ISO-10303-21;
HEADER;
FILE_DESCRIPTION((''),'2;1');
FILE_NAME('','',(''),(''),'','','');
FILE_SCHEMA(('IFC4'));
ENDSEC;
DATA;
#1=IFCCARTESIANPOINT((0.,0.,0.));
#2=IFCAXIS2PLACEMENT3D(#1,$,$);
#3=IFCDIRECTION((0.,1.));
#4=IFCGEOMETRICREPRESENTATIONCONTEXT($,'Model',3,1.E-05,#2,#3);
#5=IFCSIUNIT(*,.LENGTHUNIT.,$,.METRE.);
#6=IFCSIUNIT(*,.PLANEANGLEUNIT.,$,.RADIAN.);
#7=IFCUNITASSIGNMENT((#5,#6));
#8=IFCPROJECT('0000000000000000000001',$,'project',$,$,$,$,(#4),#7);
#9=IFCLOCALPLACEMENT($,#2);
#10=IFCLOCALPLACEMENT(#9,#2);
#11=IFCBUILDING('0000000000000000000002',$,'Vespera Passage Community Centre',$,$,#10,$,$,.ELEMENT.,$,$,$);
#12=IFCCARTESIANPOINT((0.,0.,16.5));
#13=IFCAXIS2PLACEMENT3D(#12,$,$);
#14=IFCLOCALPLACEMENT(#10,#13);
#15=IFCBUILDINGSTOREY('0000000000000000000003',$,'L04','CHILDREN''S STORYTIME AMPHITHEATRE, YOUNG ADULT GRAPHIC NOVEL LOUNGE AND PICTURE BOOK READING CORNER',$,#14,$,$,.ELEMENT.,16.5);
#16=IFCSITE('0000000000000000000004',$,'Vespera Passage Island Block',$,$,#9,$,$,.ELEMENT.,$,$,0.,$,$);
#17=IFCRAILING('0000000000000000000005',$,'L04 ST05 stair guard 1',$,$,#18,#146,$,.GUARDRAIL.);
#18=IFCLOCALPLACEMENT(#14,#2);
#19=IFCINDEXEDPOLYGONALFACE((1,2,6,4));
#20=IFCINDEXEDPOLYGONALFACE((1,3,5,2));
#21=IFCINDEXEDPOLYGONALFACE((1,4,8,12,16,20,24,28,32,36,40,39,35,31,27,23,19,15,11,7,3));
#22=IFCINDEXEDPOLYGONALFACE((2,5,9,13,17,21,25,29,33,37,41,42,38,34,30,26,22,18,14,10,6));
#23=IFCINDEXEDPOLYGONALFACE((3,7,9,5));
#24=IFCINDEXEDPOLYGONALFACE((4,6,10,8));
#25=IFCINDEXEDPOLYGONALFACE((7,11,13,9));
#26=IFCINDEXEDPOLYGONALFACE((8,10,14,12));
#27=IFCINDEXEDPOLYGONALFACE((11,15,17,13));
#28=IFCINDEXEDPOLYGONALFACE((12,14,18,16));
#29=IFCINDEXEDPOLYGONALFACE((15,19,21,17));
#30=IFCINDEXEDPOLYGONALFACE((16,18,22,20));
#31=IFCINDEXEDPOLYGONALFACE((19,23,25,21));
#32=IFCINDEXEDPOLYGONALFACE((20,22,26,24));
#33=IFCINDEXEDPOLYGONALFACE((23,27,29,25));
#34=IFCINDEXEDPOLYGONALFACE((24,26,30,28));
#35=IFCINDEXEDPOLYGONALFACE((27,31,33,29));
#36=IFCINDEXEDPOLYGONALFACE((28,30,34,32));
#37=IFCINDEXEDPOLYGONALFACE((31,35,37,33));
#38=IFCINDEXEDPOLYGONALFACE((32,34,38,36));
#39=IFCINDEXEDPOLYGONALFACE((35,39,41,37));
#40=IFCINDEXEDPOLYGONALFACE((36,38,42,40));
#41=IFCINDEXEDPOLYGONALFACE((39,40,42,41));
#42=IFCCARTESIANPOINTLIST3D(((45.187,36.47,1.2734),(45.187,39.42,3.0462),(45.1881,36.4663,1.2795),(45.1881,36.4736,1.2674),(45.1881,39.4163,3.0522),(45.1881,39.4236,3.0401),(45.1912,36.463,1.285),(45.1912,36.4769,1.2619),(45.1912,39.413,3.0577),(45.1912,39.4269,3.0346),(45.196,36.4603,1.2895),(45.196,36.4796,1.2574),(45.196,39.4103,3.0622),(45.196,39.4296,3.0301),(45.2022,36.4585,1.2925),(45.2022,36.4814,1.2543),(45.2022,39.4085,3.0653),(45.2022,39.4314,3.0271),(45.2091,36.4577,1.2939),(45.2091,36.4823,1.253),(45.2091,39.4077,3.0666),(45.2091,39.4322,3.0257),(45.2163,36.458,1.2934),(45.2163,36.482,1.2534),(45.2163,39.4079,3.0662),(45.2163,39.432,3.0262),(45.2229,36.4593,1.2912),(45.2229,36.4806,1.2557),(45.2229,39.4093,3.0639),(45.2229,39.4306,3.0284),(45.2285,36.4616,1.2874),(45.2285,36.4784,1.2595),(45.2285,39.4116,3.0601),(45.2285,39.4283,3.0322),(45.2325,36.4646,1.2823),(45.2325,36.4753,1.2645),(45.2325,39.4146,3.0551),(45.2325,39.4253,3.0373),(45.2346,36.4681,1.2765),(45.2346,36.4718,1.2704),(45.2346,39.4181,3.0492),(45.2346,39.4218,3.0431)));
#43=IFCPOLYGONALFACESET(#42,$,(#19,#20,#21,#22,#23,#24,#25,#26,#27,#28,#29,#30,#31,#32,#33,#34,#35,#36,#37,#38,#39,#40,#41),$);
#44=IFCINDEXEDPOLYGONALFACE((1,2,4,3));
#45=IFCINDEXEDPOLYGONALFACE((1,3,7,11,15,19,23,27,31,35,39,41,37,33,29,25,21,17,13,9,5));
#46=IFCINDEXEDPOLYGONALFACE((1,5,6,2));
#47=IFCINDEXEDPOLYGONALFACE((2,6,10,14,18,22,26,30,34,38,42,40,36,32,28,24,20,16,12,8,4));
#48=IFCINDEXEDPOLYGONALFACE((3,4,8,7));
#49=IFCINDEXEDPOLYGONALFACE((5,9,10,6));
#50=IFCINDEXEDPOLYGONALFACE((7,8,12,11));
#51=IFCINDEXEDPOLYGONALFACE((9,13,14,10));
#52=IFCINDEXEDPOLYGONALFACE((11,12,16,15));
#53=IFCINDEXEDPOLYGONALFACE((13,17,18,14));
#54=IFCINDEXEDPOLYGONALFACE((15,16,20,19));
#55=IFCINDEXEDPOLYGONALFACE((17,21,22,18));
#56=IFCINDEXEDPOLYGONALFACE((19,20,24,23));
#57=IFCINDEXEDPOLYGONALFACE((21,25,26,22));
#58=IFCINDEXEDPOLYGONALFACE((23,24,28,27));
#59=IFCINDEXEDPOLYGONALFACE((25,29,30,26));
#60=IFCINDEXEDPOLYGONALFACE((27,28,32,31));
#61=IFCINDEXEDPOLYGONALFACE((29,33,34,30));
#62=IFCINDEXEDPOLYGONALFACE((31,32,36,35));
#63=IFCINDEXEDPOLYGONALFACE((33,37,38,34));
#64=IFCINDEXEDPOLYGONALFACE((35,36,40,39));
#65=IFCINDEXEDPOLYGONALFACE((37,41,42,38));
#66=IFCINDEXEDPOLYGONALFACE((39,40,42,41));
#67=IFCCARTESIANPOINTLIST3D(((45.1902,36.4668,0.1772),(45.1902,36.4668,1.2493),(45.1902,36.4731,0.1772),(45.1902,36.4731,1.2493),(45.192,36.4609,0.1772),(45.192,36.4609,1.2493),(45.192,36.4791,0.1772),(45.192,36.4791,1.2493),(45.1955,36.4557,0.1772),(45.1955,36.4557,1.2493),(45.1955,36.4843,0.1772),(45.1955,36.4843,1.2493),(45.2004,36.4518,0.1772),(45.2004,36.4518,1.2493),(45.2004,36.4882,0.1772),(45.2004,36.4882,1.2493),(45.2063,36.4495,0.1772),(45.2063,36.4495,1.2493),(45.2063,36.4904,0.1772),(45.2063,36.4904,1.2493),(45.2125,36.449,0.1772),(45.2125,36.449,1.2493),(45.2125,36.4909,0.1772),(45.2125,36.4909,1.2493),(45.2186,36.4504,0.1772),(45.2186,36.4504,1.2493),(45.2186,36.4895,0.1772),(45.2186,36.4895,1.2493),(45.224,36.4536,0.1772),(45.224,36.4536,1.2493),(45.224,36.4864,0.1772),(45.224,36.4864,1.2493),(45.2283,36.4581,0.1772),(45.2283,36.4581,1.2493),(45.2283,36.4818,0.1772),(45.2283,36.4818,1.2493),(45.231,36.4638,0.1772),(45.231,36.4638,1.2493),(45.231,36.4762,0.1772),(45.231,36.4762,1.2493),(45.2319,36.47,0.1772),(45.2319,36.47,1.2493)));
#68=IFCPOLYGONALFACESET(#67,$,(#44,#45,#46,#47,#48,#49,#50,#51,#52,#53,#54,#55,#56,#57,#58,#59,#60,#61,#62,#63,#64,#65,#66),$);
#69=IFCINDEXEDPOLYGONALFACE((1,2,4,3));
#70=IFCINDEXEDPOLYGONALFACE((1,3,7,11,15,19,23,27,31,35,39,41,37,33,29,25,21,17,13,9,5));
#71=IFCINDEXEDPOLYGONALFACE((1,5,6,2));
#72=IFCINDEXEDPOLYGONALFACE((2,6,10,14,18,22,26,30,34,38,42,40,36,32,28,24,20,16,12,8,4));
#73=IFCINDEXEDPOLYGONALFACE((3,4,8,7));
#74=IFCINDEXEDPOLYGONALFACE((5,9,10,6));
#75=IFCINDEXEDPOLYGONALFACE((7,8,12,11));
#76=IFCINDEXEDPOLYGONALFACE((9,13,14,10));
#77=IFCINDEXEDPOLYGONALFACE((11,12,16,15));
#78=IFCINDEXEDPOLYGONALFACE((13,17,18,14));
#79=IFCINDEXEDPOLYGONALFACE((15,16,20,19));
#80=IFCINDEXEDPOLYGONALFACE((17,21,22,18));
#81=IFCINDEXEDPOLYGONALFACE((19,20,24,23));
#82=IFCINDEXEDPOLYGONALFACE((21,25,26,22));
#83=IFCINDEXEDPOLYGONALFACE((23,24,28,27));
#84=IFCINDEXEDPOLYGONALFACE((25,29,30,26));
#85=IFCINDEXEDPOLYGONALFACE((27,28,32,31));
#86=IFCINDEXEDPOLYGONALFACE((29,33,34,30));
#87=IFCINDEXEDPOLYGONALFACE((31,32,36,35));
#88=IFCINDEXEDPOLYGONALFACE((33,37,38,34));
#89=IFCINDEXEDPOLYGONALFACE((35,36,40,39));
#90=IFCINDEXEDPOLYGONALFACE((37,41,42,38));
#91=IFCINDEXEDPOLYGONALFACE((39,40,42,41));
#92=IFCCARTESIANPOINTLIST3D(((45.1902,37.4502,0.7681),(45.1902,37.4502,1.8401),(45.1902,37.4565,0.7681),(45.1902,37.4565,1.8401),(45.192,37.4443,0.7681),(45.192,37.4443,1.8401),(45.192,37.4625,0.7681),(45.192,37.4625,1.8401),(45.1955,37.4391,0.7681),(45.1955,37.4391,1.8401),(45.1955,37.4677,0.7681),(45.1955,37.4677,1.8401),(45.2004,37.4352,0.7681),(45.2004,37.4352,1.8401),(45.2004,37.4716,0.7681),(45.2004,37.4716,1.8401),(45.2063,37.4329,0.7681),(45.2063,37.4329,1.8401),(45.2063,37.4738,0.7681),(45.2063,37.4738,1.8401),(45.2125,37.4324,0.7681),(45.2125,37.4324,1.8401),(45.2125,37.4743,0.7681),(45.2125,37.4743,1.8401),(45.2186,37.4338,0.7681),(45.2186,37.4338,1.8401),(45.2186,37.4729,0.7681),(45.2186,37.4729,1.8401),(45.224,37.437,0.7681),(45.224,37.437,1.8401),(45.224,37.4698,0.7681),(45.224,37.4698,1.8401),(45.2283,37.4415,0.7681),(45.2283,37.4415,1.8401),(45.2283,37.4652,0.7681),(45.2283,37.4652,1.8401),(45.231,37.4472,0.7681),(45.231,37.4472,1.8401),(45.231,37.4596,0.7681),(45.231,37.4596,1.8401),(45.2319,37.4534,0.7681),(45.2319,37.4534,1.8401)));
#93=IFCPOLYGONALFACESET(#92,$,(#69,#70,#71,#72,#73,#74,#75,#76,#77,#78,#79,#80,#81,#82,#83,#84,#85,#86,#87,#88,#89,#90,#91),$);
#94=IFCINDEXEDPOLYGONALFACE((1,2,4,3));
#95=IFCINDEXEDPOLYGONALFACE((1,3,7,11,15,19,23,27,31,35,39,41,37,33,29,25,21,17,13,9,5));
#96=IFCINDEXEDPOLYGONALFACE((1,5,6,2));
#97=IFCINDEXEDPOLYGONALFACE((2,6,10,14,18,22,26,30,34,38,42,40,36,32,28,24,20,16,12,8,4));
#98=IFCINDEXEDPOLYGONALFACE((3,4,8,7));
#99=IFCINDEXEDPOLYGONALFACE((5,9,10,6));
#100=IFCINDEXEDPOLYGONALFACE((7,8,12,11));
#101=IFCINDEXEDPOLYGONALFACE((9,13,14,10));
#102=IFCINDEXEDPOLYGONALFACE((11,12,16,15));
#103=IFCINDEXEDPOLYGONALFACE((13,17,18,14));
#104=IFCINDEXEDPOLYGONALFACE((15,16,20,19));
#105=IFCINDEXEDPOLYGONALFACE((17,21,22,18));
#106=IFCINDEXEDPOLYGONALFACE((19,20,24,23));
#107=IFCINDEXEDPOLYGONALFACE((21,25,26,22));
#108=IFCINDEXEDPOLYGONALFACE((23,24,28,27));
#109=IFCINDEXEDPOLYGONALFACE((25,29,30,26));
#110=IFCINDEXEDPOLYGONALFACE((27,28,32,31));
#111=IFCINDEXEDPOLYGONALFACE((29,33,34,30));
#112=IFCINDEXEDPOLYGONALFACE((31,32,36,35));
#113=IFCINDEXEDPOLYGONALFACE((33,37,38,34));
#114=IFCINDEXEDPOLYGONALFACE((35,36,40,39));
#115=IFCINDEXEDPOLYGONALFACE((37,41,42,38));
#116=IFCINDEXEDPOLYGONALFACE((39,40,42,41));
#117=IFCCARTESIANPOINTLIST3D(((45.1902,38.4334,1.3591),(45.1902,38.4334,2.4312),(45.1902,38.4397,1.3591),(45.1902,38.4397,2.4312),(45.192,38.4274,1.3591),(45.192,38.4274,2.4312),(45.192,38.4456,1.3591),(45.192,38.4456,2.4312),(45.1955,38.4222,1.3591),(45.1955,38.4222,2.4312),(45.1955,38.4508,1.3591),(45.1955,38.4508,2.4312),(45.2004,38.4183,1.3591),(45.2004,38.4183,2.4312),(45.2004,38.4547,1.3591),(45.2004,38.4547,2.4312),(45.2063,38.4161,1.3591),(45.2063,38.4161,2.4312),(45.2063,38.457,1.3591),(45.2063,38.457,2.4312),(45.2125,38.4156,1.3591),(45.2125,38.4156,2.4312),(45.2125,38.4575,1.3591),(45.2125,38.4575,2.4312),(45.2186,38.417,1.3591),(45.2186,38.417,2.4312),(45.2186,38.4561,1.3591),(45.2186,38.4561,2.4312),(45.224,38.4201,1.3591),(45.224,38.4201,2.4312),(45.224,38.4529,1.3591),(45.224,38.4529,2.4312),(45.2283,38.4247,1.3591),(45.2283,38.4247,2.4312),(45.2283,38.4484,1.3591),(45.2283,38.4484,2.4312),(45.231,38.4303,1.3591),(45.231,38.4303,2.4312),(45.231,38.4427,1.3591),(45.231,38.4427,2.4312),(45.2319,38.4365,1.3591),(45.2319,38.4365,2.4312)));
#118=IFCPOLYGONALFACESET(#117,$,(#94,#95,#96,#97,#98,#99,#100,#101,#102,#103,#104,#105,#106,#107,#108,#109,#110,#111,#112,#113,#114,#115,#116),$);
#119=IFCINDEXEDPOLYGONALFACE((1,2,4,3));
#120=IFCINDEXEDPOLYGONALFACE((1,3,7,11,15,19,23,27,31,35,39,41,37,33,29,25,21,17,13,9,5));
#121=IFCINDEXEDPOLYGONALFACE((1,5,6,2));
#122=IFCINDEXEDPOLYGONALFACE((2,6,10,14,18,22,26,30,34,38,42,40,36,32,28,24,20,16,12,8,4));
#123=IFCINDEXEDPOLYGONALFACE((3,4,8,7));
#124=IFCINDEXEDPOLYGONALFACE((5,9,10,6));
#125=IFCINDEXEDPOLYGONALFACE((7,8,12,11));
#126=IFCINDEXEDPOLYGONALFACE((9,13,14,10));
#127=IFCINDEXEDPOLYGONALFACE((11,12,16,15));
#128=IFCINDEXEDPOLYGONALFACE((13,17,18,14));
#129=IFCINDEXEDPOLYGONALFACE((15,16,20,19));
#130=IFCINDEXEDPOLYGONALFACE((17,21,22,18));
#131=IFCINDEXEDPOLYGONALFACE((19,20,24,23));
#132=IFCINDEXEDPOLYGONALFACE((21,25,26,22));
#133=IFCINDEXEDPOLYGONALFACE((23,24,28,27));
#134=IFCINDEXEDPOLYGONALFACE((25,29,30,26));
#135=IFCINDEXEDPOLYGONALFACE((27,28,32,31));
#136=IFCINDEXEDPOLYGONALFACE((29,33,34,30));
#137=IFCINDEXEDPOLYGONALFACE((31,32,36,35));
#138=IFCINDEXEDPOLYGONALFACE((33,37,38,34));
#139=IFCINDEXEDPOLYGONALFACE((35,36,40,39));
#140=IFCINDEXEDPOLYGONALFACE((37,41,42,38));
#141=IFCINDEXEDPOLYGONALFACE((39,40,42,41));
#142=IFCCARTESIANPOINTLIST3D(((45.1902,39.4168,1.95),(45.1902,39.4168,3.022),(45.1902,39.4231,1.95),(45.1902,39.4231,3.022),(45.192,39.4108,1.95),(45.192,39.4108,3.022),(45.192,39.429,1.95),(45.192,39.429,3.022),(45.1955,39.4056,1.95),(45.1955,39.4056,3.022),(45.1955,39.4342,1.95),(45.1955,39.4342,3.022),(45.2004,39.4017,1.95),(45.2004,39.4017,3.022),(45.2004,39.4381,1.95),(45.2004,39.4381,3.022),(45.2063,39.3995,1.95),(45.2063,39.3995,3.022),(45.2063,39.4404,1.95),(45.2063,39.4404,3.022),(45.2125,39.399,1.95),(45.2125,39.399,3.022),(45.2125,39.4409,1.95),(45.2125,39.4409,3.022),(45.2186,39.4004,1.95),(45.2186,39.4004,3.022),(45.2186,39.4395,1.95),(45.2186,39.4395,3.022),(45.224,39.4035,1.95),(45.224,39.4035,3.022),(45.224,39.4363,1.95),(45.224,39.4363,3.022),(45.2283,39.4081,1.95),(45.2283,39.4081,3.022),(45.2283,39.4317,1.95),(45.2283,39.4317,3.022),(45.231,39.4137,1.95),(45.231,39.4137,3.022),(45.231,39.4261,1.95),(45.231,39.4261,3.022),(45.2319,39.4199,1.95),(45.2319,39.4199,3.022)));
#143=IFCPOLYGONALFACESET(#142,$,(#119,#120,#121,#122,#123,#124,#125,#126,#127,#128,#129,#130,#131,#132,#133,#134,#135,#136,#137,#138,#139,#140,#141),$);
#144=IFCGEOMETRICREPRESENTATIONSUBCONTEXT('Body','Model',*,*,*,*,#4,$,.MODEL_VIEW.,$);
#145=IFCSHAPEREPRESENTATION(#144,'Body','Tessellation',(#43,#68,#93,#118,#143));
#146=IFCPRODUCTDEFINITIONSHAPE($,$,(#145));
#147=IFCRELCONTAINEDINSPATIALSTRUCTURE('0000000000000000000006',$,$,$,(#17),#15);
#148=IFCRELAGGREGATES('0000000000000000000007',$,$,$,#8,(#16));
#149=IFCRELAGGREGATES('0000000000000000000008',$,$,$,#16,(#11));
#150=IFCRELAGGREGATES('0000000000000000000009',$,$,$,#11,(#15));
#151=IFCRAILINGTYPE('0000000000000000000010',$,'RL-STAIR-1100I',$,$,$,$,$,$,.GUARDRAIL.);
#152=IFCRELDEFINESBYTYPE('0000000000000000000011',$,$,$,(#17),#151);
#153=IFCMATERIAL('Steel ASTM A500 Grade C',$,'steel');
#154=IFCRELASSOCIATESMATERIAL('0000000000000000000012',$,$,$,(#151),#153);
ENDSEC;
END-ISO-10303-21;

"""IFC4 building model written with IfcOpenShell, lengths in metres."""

from ifc_helpers import new_model, si_unit, direction, frame, origin, origin_2d, place, context, subcontext, project, spatial, circle, extrude, material, type_object, element, save


model = new_model("IFC4")

# Units and contexts
model_context = context("Model", 3, precision=1e-05, world=origin(), true_north=direction((0.0, 1.0)))
body_context = subcontext(model_context, "Body", "Model", "MODEL_VIEW")
ifc_project = project(units=[si_unit("LENGTHUNIT", "METRE"), si_unit("PLANEANGLEUNIT", "RADIAN")], contexts=[model_context])

# Site, building, storey
site_placement = place(None, origin())
site = spatial("IfcSite", under=ifc_project, at=site_placement, Name="Vespera Passage Island Block", CompositionType="ELEMENT", RefElevation=0.0)
building_placement = place(site_placement, origin())
building = spatial("IfcBuilding", under=site, at=building_placement, Name="Vespera Passage Community Centre", CompositionType="ELEMENT")
storey_placement = place(building_placement, frame((0.0, 0.0, 16.5)))
storey = spatial("IfcBuildingStorey", under=building, at=storey_placement, Name="L04", Description="CHILDREN'S STORYTIME AMPHITHEATRE, YOUNG ADULT GRAPHIC NOVEL LOUNGE AND PICTURE BOOK READING CORNER", CompositionType="ELEMENT", Elevation=16.5)

# Railing
ifc_material_1 = material(Name="Steel ASTM A500 Grade C", Category="steel")
railing_type_1 = type_object("IfcRailingType", Name="RL-STAIR-1100I", PredefinedType="GUARDRAIL", material=ifc_material_1)
railing_1_placement = place(storey_placement, frame((45.2109, 36.47, 0.1772)))
element("IfcRailing", 1, at=railing_1_placement, inside=storey, type_object=railing_type_1, Name="L04 ST05 stair guard 1", PredefinedType="GUARDRAIL", context=body_context, shape_type="SweptSolid", body=[
    extrude(circle(Radius=0.0239, at=origin_2d()), frame((0.0, 0.0, 1.0962), z_axis=(0.0, 0.857142, 0.51508), x_axis=(-1.0, 0.0, 0.0)), (0.0, 0.0, 1.0), 3.4417),
    extrude(circle(Radius=0.021, at=origin_2d()), origin(), (0.0, 0.0, 1.0), 1.072),
    extrude(circle(Radius=0.021, at=origin_2d()), frame((0.0, 0.9834, 0.5908)), (0.0, 0.0, 1.0), 1.072),
    extrude(circle(Radius=0.021, at=origin_2d()), frame((0.0, 1.9666, 1.1819)), (0.0, 0.0, 1.0), 1.072),
    extrude(circle(Radius=0.021, at=origin_2d()), frame((0.0, 2.95, 1.7727)), (0.0, 0.0, 1.0), 1.072),
])

save(model, "model.ifc")
